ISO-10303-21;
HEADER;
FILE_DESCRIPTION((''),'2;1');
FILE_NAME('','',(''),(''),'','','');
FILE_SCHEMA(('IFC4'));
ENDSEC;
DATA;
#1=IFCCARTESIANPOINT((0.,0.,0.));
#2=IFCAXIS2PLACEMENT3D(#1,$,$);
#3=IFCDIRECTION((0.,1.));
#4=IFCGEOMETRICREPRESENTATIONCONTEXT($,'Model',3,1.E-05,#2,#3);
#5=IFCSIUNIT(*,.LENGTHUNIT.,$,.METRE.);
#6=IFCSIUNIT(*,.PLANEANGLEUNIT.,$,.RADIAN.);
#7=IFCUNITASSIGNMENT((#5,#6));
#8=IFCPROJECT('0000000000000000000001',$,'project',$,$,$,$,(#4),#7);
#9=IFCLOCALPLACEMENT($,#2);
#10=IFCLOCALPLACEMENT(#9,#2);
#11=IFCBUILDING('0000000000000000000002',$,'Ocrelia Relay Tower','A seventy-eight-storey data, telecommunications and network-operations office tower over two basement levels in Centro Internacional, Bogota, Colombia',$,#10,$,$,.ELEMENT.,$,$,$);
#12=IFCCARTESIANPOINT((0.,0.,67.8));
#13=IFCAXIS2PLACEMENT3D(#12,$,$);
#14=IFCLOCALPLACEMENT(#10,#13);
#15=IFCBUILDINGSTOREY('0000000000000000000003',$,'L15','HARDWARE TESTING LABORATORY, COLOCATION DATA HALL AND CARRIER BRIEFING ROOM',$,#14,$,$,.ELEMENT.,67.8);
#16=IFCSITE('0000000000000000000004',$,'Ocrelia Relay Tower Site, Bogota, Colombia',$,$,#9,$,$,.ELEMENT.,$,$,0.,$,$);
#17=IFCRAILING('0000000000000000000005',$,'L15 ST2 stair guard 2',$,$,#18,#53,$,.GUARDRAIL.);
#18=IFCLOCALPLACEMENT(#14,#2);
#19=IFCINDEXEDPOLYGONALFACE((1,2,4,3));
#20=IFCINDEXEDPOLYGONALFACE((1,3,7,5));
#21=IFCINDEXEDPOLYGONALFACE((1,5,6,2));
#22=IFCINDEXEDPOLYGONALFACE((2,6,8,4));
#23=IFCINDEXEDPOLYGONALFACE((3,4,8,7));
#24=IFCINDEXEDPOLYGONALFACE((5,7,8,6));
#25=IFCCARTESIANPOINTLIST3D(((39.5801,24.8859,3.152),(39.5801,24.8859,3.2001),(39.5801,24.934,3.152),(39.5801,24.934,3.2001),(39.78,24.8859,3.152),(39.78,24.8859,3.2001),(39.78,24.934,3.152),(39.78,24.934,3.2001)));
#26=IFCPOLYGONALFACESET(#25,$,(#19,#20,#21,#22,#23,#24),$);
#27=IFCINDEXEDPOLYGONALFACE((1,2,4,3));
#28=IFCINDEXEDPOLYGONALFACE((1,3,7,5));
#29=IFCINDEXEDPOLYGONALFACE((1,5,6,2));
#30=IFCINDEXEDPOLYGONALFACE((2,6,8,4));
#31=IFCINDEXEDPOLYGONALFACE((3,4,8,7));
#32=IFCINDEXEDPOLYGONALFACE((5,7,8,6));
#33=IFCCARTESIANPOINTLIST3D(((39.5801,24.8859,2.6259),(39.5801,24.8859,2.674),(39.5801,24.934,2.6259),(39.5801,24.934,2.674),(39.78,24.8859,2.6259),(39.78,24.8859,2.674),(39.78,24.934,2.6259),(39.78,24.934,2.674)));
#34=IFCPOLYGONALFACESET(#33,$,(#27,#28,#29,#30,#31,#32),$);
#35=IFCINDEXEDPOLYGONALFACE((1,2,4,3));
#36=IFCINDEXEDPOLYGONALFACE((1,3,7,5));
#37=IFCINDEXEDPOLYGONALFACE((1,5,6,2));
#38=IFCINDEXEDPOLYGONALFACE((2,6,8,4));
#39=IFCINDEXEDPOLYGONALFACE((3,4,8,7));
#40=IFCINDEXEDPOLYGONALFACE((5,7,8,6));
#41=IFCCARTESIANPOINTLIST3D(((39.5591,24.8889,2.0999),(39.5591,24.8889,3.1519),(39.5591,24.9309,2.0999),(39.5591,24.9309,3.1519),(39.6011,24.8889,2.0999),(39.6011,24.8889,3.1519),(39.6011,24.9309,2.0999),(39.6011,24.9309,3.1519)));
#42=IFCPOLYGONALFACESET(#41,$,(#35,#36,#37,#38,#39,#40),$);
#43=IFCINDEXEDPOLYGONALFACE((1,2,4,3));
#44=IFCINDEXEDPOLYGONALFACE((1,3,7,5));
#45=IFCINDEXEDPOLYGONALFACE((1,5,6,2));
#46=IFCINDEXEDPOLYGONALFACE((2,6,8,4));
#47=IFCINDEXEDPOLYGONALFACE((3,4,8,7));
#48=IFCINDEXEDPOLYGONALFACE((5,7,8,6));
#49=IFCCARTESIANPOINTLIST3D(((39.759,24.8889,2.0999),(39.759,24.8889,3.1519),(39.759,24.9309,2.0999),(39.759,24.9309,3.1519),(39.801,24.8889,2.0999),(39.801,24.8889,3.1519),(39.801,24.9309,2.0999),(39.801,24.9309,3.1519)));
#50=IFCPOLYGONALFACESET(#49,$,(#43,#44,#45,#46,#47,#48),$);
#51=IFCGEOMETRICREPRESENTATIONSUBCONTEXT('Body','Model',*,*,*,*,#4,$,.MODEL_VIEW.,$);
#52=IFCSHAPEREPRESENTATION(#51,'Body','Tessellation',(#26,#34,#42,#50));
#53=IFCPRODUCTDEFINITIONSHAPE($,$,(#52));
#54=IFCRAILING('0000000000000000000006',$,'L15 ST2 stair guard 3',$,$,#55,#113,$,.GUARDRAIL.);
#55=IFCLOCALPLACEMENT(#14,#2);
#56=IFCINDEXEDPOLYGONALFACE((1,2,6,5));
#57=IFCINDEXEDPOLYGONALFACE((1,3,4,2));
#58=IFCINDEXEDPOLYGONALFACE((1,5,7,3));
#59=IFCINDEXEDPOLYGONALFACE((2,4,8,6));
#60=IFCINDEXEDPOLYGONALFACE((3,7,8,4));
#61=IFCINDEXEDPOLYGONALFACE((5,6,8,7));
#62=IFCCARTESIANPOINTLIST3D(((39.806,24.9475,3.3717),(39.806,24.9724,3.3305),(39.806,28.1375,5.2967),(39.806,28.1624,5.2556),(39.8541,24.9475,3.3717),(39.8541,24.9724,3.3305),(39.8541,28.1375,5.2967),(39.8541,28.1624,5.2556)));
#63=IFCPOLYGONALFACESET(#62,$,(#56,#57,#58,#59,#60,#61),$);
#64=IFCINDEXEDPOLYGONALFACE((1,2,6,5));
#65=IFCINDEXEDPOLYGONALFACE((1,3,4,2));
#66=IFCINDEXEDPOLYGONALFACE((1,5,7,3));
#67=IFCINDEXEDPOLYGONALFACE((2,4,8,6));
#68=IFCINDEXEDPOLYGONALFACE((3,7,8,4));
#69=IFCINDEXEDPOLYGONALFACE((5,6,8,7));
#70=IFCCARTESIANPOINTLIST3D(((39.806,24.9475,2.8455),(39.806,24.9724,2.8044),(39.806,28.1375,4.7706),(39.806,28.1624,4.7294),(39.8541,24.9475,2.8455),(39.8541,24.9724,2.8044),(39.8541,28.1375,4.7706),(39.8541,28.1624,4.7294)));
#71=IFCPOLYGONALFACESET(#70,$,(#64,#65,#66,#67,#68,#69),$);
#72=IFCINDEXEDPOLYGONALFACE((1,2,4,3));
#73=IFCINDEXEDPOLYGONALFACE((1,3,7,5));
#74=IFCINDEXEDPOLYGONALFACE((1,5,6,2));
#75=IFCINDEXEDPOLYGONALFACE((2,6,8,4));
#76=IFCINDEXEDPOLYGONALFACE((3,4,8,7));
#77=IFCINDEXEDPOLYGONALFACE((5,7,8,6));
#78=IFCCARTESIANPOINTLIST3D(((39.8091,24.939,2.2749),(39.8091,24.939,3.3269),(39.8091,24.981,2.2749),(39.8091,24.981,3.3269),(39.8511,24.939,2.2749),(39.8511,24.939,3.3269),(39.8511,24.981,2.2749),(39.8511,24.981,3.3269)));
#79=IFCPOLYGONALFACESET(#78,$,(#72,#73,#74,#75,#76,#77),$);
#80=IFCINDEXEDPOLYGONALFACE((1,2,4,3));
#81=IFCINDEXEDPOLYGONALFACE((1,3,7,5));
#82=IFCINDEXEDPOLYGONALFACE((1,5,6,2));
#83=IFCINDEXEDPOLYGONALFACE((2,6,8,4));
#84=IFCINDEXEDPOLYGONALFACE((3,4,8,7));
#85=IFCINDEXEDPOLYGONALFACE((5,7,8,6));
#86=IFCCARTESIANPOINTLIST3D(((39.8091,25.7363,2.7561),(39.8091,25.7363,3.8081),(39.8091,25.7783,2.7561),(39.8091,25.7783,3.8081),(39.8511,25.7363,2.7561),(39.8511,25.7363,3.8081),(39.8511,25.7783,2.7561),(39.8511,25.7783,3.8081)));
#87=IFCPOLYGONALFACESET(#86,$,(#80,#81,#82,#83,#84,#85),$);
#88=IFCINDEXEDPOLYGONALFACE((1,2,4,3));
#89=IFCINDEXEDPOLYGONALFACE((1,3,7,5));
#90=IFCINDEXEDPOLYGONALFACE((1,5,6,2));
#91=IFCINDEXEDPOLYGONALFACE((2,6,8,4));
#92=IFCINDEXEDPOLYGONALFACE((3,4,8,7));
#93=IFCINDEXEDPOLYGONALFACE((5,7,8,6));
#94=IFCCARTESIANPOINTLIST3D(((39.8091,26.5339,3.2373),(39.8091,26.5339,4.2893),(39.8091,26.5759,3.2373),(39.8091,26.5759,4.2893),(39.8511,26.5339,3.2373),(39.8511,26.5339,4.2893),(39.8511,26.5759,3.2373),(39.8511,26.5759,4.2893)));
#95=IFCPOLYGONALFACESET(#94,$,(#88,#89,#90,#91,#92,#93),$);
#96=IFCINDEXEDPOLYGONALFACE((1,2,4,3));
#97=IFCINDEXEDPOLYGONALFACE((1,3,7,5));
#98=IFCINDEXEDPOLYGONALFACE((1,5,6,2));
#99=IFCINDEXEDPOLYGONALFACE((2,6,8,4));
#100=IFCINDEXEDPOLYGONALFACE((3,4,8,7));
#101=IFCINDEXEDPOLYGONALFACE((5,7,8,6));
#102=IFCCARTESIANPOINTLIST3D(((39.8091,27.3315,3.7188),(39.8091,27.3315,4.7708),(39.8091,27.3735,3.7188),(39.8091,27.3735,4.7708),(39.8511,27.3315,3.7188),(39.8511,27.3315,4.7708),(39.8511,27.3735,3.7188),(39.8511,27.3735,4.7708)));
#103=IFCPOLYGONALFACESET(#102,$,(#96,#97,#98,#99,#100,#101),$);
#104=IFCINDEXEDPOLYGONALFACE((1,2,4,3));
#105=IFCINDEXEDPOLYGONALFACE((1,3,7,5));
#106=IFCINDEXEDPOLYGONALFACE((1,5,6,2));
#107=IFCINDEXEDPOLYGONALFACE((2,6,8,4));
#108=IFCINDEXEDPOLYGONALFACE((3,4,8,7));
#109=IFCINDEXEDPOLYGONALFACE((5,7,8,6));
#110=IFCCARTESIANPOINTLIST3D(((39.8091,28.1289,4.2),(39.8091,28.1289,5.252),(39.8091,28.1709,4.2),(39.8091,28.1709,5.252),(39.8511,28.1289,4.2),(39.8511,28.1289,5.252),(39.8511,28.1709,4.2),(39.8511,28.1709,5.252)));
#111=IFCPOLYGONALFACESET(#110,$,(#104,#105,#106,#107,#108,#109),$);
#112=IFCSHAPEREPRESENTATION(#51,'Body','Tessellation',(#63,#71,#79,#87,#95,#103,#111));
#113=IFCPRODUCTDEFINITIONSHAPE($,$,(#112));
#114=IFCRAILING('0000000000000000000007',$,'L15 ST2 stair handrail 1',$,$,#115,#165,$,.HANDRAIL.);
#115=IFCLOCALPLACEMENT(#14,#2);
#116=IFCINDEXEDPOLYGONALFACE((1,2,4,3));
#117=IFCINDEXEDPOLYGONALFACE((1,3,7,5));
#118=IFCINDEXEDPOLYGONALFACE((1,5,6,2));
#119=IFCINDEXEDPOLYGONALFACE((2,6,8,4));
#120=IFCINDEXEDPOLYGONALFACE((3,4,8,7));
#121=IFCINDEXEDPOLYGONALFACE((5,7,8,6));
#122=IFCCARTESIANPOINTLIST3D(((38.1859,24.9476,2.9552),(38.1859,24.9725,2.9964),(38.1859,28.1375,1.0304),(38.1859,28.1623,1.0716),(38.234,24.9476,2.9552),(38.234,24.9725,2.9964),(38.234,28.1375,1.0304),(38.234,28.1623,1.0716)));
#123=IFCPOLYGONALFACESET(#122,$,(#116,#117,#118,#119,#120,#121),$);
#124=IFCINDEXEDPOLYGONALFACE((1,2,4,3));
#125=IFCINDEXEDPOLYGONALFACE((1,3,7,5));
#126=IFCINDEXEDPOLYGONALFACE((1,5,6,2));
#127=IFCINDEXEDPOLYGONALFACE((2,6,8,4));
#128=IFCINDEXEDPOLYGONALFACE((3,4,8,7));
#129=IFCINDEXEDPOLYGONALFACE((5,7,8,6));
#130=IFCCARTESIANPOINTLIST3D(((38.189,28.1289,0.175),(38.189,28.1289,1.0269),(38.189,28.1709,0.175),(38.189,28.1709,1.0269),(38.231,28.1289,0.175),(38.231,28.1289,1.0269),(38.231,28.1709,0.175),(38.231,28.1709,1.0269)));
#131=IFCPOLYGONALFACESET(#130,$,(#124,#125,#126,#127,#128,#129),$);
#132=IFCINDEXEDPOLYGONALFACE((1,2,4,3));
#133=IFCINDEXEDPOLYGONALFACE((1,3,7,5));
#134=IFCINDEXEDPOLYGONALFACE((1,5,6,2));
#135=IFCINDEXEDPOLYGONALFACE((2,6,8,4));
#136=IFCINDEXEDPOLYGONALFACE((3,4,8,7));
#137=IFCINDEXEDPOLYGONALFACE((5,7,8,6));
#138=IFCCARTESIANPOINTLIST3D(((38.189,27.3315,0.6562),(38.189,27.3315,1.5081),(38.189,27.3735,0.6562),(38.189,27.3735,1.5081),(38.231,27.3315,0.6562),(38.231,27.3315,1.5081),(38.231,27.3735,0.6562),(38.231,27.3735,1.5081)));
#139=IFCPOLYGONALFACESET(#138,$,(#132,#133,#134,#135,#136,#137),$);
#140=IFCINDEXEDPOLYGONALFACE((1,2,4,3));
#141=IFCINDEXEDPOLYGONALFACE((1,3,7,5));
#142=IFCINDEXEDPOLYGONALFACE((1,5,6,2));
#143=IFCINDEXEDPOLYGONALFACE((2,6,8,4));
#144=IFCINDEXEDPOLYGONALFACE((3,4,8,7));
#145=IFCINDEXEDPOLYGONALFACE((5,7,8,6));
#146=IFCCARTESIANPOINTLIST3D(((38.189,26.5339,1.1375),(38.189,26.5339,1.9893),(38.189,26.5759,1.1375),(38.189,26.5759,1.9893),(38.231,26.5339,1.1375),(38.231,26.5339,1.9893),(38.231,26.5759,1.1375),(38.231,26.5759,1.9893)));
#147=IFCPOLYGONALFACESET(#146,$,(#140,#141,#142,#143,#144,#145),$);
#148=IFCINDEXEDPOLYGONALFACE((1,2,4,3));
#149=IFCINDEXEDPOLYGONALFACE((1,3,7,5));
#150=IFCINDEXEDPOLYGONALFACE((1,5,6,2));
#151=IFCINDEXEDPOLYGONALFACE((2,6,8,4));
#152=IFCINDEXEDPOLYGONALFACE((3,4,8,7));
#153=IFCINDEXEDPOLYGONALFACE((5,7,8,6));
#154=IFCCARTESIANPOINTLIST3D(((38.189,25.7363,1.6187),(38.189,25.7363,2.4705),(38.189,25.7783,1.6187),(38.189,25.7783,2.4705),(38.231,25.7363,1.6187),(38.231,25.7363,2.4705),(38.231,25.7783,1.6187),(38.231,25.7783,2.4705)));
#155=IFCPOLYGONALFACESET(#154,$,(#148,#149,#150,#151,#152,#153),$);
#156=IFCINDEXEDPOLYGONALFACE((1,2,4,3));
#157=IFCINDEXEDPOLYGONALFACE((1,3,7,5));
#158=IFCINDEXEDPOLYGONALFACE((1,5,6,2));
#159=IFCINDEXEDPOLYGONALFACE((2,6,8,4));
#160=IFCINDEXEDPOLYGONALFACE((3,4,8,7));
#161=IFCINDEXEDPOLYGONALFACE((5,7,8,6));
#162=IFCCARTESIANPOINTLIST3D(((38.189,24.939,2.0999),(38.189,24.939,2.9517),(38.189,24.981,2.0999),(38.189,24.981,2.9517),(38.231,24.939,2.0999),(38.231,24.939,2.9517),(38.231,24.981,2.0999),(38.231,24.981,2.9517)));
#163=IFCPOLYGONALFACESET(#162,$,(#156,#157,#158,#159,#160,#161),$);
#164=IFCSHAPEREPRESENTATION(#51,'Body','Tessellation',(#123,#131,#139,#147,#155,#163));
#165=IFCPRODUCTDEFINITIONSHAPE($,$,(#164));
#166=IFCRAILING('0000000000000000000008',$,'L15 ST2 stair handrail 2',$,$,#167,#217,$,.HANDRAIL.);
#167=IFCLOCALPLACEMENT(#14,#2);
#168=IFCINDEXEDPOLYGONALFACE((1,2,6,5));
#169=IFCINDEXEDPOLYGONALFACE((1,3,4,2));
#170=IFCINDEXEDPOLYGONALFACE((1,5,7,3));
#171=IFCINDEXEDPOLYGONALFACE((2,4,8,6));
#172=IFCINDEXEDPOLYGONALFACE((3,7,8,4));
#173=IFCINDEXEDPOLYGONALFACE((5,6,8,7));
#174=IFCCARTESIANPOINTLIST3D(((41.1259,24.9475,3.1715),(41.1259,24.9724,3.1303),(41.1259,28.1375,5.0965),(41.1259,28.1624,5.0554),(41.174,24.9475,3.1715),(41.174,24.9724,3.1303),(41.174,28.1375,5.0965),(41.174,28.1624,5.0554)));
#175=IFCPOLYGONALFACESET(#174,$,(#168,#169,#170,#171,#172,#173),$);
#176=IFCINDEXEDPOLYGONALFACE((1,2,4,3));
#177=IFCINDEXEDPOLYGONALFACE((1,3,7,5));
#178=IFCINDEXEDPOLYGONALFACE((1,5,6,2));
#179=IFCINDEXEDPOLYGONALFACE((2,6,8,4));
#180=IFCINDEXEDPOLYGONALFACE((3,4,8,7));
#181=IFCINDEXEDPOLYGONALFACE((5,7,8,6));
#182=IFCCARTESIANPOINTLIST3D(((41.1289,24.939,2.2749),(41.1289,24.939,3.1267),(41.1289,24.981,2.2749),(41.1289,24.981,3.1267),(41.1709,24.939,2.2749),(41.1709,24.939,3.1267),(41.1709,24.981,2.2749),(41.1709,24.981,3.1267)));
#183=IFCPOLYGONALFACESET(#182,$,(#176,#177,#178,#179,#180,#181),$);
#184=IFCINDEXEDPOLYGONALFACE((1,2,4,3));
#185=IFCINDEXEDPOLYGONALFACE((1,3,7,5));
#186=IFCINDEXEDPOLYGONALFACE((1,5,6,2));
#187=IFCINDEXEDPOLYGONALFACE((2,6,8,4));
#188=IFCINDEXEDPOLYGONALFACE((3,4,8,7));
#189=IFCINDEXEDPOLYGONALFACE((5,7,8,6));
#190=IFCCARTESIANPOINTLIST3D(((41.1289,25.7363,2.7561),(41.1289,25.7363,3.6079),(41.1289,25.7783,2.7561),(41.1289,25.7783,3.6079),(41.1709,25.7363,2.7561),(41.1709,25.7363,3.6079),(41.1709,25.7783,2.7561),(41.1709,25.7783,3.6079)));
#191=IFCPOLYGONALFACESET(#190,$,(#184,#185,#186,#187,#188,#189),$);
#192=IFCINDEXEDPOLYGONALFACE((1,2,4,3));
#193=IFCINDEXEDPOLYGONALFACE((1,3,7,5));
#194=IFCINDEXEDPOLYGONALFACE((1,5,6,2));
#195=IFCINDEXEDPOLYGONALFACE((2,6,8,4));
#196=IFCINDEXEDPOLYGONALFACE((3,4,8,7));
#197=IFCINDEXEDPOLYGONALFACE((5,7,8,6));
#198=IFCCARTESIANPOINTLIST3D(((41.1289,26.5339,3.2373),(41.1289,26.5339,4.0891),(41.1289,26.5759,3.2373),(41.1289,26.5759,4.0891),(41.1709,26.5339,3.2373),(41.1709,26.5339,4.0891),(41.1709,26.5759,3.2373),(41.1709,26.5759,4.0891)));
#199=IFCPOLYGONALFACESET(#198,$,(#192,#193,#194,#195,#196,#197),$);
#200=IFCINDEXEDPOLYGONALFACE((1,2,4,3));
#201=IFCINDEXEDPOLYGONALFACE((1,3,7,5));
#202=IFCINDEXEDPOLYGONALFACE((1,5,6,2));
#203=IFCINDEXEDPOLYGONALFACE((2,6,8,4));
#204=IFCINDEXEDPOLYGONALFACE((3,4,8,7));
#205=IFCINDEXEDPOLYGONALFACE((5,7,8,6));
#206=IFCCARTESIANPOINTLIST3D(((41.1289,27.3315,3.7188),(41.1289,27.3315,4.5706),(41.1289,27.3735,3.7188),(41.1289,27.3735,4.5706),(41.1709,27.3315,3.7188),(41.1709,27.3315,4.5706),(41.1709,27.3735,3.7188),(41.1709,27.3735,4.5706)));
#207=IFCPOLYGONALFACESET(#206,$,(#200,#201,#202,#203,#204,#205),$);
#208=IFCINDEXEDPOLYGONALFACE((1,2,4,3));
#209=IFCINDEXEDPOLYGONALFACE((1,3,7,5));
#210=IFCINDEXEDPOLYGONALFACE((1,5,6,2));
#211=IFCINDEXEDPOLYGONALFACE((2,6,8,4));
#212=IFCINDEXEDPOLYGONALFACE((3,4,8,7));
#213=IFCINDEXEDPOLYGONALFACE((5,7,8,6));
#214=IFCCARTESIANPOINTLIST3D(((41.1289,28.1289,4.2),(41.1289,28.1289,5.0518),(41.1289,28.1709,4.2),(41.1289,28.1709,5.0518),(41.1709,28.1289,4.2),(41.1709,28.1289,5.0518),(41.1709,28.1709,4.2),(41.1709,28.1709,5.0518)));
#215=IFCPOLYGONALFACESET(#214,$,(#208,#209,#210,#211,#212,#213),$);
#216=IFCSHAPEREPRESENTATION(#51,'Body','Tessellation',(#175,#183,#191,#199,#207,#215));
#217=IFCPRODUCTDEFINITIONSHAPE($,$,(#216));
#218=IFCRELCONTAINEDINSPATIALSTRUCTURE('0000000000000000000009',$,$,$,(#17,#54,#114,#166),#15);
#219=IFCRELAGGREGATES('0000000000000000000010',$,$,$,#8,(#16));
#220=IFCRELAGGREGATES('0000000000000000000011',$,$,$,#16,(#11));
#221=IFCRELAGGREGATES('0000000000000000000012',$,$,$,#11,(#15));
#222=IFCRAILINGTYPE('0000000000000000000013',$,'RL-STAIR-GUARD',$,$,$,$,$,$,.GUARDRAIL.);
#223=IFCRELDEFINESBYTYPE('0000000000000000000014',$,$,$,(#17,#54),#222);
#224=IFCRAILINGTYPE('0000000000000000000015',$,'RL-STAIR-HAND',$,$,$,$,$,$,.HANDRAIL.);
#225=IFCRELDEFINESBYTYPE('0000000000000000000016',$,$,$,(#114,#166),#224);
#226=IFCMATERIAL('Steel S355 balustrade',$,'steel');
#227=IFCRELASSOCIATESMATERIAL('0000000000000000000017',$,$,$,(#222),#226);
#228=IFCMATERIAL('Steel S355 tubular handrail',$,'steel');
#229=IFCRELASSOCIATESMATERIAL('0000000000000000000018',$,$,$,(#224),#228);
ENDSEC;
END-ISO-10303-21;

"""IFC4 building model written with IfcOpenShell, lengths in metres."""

from ifc_helpers import new_model, si_unit, direction, frame, origin, origin_2d, place, context, subcontext, project, spatial, rectangle, extrude, material, type_object, element, save


model = new_model("IFC4")

# Units and contexts
model_context = context("Model", 3, precision=1e-05, world=origin(), true_north=direction((0.0, 1.0)))
body_context = subcontext(model_context, "Body", "Model", "MODEL_VIEW")
ifc_project = project(units=[si_unit("LENGTHUNIT", "METRE"), si_unit("PLANEANGLEUNIT", "RADIAN")], contexts=[model_context])

# Site, building, storey
site_placement = place(None, origin())
site = spatial("IfcSite", under=ifc_project, at=site_placement, Name="Ocrelia Relay Tower Site, Bogota, Colombia", CompositionType="ELEMENT", RefElevation=0.0)
building_placement = place(site_placement, origin())
building = spatial("IfcBuilding", under=site, at=building_placement, Name="Ocrelia Relay Tower", Description="A seventy-eight-storey data, telecommunications and network-operations office tower over two basement levels in Centro Internacional, Bogota, Colombia", CompositionType="ELEMENT")
storey_placement = place(building_placement, frame((0.0, 0.0, 67.8)))
storey = spatial("IfcBuildingStorey", under=building, at=storey_placement, Name="L15", Description="HARDWARE TESTING LABORATORY, COLOCATION DATA HALL AND CARRIER BRIEFING ROOM", CompositionType="ELEMENT", Elevation=67.8)

# Railings
ifc_material_1 = material(Name="Steel S355 balustrade", Category="steel")
railing_type_1 = type_object("IfcRailingType", Name="RL-STAIR-GUARD", PredefinedType="GUARDRAIL", material=ifc_material_1)
railing_1_placement = place(storey_placement, frame((39.5801, 24.9099, 2.0999)))
element("IfcRailing", 1, at=railing_1_placement, inside=storey, type_object=railing_type_1, Name="L15 ST2 stair guard 2", PredefinedType="GUARDRAIL", context=body_context, shape_type="SweptSolid", body=[
    extrude(rectangle(XDim=0.0481, YDim=0.0481, at=origin_2d()), frame((0.0, 0.0, 1.0762), z_axis=(1.0, 0.0, 0.0), x_axis=(0.0, 1.0, 0.0)), (0.0, 0.0, 1.0), 0.2),
    extrude(rectangle(XDim=0.0481, YDim=0.0481, at=origin_2d()), frame((0.0, 0.0, 0.55), z_axis=(1.0, 0.0, 0.0), x_axis=(0.0, 1.0, 0.0)), (0.0, 0.0, 1.0), 0.2),
    extrude(rectangle(XDim=0.042, YDim=0.042, at=origin_2d()), origin(), (0.0, 0.0, 1.0), 1.052),
    extrude(rectangle(XDim=0.042, YDim=0.042, at=origin_2d()), frame((0.2, 0.0, 0.0)), (0.0, 0.0, 1.0), 1.052),
])
railing_2_placement = place(storey_placement, frame((39.8301, 24.96, 2.2749)))
element("IfcRailing", 2, at=railing_2_placement, inside=storey, type_object=railing_type_1, Name="L15 ST2 stair guard 3", PredefinedType="GUARDRAIL", context=body_context, shape_type="SweptSolid", body=[
    extrude(rectangle(XDim=0.0481, YDim=0.0481, at=origin_2d()), frame((0.0, 0.0, 1.0762), z_axis=(0.0, 0.856178, 0.516682), x_axis=(-1.0, 0.0, 0.0)), (0.0, 0.0, 1.0), 3.7258),
    extrude(rectangle(XDim=0.0481, YDim=0.0481, at=origin_2d()), frame((0.0, 0.0, 0.55), z_axis=(0.0, 0.856178, 0.516682), x_axis=(-1.0, 0.0, 0.0)), (0.0, 0.0, 1.0), 3.7258),
    extrude(rectangle(XDim=0.042, YDim=0.042, at=origin_2d()), origin(), (0.0, 0.0, 1.0), 1.052),
    extrude(rectangle(XDim=0.042, YDim=0.042, at=origin_2d()), frame((0.0, 0.7974, 0.4812)), (0.0, 0.0, 1.0), 1.052),
    extrude(rectangle(XDim=0.042, YDim=0.042, at=origin_2d()), frame((0.0, 1.595, 0.9624)), (0.0, 0.0, 1.0), 1.052),
    extrude(rectangle(XDim=0.042, YDim=0.042, at=origin_2d()), frame((0.0, 2.3926, 1.4438)), (0.0, 0.0, 1.0), 1.052),
    extrude(rectangle(XDim=0.042, YDim=0.042, at=origin_2d()), frame((0.0, 3.1899, 1.925)), (0.0, 0.0, 1.0), 1.052),
])
ifc_material_2 = material(Name="Steel S355 tubular handrail", Category="steel")
railing_type_2 = type_object("IfcRailingType", Name="RL-STAIR-HAND", PredefinedType="HANDRAIL", material=ifc_material_2)
railing_3_placement = place(storey_placement, frame((38.21, 28.1499, 0.175)))
element("IfcRailing", 3, at=railing_3_placement, inside=storey, type_object=railing_type_2, Name="L15 ST2 stair handrail 1", PredefinedType="HANDRAIL", context=body_context, shape_type="SweptSolid", body=[
    extrude(rectangle(XDim=0.0481, YDim=0.0481, at=origin_2d()), frame((0.0, 0.0, 0.876), z_axis=(0.0, -0.856207, 0.516633), x_axis=(1.0, 0.0, 0.0)), (0.0, 0.0, 1.0), 3.7256),
    extrude(rectangle(XDim=0.042, YDim=0.042, at=origin_2d()), origin(), (0.0, 0.0, 1.0), 0.8518),
    extrude(rectangle(XDim=0.042, YDim=0.042, at=origin_2d()), frame((0.0, -0.7974, 0.4812)), (0.0, 0.0, 1.0), 0.8518),
    extrude(rectangle(XDim=0.042, YDim=0.042, at=origin_2d()), frame((0.0, -1.595, 0.9624)), (0.0, 0.0, 1.0), 0.8518),
    extrude(rectangle(XDim=0.042, YDim=0.042, at=origin_2d()), frame((0.0, -2.3926, 1.4436)), (0.0, 0.0, 1.0), 0.8518),
    extrude(rectangle(XDim=0.042, YDim=0.042, at=origin_2d()), frame((0.0, -3.1899, 1.9248)), (0.0, 0.0, 1.0), 0.8518),
])
railing_4_placement = place(storey_placement, frame((41.1499, 24.96, 2.2749)))
element("IfcRailing", 4, at=railing_4_placement, inside=storey, type_object=railing_type_2, Name="L15 ST2 stair handrail 2", PredefinedType="HANDRAIL", context=body_context, shape_type="SweptSolid", body=[
    extrude(rectangle(XDim=0.0481, YDim=0.0481, at=origin_2d()), frame((0.0, 0.0, 0.876), z_axis=(0.0, 0.856178, 0.516682), x_axis=(-1.0, 0.0, 0.0)), (0.0, 0.0, 1.0), 3.7258),
    extrude(rectangle(XDim=0.042, YDim=0.042, at=origin_2d()), origin(), (0.0, 0.0, 1.0), 0.8518),
    extrude(rectangle(XDim=0.042, YDim=0.042, at=origin_2d()), frame((0.0, 0.7974, 0.4812)), (0.0, 0.0, 1.0), 0.8518),
    extrude(rectangle(XDim=0.042, YDim=0.042, at=origin_2d()), frame((0.0, 1.595, 0.9624)), (0.0, 0.0, 1.0), 0.8518),
    extrude(rectangle(XDim=0.042, YDim=0.042, at=origin_2d()), frame((0.0, 2.3926, 1.4438)), (0.0, 0.0, 1.0), 0.8518),
    extrude(rectangle(XDim=0.042, YDim=0.042, at=origin_2d()), frame((0.0, 3.1899, 1.925)), (0.0, 0.0, 1.0), 0.8518),
])

save(model, "model.ifc")
